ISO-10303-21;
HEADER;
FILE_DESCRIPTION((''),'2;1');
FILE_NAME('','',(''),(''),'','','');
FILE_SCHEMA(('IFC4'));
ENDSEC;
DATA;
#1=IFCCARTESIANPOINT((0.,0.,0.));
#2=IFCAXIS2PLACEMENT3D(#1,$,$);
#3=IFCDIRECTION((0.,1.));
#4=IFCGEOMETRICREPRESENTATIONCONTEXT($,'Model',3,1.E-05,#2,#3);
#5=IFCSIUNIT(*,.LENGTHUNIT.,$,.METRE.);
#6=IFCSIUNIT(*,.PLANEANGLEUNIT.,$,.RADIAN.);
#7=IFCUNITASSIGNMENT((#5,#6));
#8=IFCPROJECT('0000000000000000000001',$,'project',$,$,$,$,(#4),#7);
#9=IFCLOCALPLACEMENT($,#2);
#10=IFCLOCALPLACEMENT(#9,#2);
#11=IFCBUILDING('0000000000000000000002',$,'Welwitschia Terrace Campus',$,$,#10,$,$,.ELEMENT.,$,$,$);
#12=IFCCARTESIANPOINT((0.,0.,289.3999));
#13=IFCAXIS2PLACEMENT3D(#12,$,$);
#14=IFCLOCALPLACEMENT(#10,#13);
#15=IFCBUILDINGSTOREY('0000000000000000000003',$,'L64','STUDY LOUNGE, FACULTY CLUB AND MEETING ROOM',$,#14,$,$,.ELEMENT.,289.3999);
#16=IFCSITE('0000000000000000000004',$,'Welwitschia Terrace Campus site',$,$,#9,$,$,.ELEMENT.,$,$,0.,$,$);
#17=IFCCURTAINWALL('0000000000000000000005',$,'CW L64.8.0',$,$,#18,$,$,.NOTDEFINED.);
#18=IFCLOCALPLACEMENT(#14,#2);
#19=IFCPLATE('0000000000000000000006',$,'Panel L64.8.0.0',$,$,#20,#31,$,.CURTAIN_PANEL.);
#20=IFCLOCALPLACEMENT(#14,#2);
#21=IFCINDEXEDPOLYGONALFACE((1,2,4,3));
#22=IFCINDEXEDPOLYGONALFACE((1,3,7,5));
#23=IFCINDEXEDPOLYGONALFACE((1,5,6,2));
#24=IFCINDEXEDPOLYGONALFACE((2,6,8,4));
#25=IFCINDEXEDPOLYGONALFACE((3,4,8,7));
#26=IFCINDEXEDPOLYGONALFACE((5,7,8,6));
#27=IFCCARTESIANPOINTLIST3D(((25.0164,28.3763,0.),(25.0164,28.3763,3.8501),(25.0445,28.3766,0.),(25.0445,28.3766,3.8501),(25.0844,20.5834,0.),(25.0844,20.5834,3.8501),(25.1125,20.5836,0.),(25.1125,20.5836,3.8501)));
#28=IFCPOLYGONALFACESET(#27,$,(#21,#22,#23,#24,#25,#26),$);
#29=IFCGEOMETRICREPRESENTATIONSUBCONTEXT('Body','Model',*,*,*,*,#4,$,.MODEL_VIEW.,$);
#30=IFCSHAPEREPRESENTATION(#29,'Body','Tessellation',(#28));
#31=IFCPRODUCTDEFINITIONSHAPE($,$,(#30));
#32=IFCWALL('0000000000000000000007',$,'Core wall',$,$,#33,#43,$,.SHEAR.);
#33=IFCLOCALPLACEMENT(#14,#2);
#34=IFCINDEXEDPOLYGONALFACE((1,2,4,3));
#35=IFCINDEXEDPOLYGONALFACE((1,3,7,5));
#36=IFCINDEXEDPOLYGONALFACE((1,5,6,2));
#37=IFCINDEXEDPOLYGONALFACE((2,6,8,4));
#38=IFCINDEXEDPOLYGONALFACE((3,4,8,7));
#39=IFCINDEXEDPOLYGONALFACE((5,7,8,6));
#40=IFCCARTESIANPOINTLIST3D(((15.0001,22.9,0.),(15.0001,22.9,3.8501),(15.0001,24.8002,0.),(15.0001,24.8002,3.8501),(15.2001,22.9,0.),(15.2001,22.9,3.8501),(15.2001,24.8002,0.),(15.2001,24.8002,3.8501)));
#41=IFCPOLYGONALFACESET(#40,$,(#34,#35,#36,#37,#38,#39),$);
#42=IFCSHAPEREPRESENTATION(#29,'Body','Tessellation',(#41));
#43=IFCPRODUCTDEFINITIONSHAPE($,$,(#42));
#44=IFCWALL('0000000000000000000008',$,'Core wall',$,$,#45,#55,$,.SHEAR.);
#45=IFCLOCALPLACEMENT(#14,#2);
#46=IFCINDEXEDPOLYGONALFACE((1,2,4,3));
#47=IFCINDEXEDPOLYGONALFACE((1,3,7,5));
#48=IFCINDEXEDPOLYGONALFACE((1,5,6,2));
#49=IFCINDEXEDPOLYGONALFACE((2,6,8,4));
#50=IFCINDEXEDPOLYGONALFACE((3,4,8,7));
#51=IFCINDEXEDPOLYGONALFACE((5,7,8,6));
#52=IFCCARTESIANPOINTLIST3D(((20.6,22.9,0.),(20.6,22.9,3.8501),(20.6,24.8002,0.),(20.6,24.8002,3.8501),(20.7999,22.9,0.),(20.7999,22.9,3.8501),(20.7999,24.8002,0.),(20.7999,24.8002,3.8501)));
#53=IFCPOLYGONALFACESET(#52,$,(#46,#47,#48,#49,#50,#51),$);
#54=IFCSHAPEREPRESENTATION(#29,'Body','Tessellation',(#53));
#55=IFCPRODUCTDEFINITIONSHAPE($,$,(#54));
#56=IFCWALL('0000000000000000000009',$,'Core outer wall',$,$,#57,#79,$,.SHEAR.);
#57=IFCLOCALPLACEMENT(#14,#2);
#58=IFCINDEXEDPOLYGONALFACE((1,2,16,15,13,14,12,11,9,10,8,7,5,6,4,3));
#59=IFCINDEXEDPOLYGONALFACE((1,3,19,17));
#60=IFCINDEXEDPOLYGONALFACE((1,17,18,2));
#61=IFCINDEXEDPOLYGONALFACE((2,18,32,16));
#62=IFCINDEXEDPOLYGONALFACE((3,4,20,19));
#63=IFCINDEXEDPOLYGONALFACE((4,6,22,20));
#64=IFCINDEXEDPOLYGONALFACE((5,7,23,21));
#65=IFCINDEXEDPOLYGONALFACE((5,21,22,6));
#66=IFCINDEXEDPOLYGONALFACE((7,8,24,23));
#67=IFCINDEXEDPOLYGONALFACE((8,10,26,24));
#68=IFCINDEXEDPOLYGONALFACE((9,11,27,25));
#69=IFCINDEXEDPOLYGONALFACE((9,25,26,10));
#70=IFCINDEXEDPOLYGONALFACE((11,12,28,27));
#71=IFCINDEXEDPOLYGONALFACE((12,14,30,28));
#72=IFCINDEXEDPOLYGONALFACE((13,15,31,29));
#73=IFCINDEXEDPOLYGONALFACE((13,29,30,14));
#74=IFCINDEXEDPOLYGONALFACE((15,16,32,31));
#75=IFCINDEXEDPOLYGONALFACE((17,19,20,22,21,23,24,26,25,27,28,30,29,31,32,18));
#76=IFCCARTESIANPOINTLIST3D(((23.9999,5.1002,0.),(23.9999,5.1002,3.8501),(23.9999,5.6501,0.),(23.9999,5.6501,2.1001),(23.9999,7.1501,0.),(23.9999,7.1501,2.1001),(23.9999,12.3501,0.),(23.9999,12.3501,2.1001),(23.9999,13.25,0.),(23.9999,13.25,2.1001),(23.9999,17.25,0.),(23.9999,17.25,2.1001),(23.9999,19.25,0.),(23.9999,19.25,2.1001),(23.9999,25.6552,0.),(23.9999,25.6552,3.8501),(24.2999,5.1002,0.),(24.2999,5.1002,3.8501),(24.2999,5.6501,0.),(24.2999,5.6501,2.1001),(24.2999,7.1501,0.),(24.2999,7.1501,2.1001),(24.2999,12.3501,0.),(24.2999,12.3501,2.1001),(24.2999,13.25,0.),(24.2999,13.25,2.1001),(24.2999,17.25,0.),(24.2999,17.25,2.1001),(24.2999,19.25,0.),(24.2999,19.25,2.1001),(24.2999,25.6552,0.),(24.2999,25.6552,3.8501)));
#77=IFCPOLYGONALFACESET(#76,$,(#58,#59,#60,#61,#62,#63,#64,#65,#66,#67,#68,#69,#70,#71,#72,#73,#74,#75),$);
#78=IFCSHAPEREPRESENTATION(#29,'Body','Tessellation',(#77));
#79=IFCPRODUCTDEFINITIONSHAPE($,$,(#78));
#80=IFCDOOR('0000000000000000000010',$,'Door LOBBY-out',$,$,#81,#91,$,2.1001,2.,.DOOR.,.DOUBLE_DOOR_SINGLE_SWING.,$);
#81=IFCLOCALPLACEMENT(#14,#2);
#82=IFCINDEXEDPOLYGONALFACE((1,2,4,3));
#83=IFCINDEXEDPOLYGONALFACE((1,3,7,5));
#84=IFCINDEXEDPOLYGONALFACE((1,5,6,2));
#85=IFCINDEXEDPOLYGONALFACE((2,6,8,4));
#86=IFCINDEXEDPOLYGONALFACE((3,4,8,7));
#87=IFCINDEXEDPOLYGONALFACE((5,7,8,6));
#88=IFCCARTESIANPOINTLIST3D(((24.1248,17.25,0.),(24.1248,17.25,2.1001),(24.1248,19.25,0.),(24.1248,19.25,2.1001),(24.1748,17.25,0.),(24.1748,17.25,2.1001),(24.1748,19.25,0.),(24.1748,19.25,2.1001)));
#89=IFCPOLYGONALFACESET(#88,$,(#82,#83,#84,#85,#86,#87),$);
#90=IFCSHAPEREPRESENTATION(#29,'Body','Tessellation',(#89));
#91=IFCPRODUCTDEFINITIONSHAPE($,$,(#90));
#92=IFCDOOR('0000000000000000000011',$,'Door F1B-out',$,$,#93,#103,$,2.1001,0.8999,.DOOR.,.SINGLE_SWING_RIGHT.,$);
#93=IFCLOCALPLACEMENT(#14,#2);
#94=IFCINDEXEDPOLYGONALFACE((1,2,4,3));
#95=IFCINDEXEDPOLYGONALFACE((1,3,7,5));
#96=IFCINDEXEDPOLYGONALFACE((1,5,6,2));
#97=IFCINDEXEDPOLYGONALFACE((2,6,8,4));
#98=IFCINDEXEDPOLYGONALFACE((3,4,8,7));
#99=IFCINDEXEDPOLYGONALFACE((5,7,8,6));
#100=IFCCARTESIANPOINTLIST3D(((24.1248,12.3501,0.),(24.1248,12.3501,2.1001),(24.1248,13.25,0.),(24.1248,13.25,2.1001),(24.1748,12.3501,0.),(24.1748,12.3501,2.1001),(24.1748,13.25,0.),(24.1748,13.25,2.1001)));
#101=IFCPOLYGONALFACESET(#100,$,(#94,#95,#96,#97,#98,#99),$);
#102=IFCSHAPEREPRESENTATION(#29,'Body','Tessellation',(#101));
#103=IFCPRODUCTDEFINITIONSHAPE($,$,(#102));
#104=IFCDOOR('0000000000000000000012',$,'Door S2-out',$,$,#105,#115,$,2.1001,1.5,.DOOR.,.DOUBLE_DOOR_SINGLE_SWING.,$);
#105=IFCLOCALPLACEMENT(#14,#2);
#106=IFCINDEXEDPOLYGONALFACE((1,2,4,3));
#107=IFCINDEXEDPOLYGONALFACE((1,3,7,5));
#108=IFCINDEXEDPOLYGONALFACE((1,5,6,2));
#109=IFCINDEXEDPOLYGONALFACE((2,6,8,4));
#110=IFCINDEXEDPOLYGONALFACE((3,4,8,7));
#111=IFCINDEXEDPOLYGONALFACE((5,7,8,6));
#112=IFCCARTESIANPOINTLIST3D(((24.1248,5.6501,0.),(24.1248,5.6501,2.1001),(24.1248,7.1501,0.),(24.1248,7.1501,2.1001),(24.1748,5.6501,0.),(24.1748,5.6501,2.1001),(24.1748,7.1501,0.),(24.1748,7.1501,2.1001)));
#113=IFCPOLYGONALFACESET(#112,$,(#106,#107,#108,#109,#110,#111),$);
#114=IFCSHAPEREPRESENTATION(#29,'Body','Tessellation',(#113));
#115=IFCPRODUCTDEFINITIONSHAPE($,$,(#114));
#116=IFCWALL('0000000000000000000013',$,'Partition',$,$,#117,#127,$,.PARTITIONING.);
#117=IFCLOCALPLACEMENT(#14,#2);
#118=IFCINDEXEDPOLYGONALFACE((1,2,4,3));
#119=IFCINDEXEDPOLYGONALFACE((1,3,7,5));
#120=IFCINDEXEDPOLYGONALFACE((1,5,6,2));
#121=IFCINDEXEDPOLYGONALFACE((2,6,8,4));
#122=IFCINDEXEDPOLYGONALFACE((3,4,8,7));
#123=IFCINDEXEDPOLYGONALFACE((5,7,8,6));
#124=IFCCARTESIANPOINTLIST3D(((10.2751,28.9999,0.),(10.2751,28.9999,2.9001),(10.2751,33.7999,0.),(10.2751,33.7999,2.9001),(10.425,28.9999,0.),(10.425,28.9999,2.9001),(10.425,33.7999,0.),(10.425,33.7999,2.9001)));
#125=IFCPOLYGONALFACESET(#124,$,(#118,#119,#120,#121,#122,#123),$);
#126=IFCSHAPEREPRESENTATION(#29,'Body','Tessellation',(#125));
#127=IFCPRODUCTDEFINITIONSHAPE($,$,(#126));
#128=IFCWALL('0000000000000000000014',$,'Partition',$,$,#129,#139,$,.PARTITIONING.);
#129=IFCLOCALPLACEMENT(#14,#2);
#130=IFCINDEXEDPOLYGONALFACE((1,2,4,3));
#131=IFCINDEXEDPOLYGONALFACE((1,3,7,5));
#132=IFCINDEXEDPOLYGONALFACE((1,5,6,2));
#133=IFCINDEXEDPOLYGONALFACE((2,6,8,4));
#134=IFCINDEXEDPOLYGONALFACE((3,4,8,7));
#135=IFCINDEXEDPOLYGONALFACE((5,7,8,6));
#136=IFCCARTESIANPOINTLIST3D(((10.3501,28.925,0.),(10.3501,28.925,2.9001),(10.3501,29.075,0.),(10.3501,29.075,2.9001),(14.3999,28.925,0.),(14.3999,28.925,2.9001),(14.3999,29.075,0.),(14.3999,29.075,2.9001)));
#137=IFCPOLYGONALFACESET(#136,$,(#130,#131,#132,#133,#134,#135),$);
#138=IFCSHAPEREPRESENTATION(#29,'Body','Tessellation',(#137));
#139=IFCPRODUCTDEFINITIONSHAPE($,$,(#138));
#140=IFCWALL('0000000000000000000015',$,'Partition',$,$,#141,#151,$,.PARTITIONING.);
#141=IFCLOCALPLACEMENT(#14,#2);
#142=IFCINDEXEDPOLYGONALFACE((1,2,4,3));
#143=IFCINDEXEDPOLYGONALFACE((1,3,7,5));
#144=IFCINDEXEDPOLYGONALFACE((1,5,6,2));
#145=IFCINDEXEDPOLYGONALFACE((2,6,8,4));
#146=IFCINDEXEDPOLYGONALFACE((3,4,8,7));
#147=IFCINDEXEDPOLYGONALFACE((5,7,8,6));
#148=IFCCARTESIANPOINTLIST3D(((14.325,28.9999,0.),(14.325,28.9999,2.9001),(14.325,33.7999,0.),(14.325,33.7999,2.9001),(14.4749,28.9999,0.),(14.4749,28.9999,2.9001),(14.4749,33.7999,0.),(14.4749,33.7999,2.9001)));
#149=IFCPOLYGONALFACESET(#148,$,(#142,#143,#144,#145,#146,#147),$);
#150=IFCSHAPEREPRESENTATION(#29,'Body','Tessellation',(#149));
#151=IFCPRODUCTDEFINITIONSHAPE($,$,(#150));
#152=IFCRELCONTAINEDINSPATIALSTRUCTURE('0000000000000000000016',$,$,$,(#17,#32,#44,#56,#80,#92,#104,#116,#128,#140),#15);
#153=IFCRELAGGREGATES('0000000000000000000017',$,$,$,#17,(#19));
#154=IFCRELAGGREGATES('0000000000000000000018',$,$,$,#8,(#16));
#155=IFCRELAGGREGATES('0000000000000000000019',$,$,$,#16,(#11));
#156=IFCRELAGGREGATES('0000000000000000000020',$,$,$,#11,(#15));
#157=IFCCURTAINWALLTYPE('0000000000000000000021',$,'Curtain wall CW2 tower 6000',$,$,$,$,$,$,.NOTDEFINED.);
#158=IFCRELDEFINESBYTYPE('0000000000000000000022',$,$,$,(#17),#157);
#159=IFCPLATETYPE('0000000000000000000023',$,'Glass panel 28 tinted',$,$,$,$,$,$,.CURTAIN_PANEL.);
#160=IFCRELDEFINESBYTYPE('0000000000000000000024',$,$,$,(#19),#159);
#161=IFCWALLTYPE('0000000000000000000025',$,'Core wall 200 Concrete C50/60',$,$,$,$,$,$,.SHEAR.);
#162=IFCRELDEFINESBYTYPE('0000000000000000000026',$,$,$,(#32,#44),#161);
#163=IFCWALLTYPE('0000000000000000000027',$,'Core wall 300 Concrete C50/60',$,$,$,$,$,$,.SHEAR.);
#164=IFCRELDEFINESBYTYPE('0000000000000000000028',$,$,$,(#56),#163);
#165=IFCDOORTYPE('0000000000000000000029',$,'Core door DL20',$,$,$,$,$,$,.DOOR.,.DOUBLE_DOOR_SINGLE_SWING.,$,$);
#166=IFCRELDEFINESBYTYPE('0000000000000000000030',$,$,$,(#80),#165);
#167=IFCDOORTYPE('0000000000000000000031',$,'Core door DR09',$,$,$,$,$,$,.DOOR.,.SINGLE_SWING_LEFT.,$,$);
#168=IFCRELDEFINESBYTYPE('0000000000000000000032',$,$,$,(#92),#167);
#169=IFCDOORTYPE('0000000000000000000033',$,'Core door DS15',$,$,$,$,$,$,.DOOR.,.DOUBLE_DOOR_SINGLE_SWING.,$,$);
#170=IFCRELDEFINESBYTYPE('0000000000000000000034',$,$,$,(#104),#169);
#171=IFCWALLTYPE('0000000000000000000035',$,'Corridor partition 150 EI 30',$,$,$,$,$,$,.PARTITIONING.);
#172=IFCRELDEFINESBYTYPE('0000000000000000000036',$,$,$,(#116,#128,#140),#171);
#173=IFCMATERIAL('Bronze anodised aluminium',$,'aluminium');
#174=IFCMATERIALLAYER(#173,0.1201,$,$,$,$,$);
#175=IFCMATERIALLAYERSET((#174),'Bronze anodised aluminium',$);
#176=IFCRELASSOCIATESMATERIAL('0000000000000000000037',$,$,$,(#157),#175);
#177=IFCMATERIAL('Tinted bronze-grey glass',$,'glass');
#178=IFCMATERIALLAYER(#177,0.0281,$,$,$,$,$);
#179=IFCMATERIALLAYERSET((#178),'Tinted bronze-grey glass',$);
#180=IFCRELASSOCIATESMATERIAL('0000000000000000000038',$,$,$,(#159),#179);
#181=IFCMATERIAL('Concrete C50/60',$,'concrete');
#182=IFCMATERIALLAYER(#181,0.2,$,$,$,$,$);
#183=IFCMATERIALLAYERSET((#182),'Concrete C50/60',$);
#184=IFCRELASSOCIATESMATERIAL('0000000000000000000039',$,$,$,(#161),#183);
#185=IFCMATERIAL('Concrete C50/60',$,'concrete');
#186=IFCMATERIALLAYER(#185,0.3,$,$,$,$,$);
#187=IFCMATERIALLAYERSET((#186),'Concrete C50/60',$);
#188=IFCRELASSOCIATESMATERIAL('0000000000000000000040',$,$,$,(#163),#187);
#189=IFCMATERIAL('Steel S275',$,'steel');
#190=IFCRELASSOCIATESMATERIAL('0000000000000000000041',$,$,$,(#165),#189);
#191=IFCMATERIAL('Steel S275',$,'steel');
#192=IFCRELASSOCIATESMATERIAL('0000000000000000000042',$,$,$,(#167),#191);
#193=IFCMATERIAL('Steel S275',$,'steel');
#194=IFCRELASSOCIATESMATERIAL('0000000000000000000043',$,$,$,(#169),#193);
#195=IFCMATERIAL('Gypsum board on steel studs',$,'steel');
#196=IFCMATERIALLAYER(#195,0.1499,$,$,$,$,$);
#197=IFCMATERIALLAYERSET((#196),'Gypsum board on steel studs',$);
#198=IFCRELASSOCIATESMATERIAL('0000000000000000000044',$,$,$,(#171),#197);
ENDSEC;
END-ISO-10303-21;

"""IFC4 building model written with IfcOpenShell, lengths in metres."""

from ifc_helpers import new_model, si_unit, direction, frame, frame_2d, origin, origin_2d, place, context, subcontext, project, spatial, rectangle, extrude, material, layer, layer_set, type_object, element, fill, aggregate, save


model = new_model("IFC4")

# Units and contexts
model_context = context("Model", 3, precision=1e-05, world=origin(), true_north=direction((0.0, 1.0)))
body_context = subcontext(model_context, "Body", "Model", "MODEL_VIEW")
ifc_project = project(units=[si_unit("LENGTHUNIT", "METRE"), si_unit("PLANEANGLEUNIT", "RADIAN")], contexts=[model_context])

# Site, building, storey
site_placement = place(None, origin())
site = spatial("IfcSite", under=ifc_project, at=site_placement, Name="Welwitschia Terrace Campus site", CompositionType="ELEMENT", RefElevation=0.0)
building_placement = place(site_placement, origin())
building = spatial("IfcBuilding", under=site, at=building_placement, Name="Welwitschia Terrace Campus", CompositionType="ELEMENT")
storey_placement = place(building_placement, frame((0.0, 0.0, 289.3999)))
storey = spatial("IfcBuildingStorey", under=building, at=storey_placement, Name="L64", Description="STUDY LOUNGE, FACULTY CLUB AND MEETING ROOM", CompositionType="ELEMENT", Elevation=289.3999)

# Curtain wall
ifc_material_1 = material(Name="Bronze anodised aluminium", Category="aluminium")
ifc_layer_1 = layer(ifc_material_1, 0.1201)
ifc_layer_set_1 = layer_set([ifc_layer_1], Name="Bronze anodised aluminium")
curtain_wall_type = type_object("IfcCurtainWallType", Name="Curtain wall CW2 tower 6000", PredefinedType="NOTDEFINED", material=ifc_layer_set_1)
curtain_wall_1_placement = place(storey_placement, origin())
curtain_wall_1 = element("IfcCurtainWall", 1, at=curtain_wall_1_placement, inside=storey, type_object=curtain_wall_type, Name="CW L64.8.0", PredefinedType="NOTDEFINED")

# Plate
ifc_material_2 = material(Name="Tinted bronze-grey glass", Category="glass")
ifc_layer_2 = layer(ifc_material_2, 0.0281)
ifc_layer_set_2 = layer_set([ifc_layer_2], Name="Tinted bronze-grey glass")
plate_type = type_object("IfcPlateType", Name="Glass panel 28 tinted", PredefinedType="CURTAIN_PANEL", material=ifc_layer_set_2)
plate_placement = place(storey_placement, frame((25.0645, 24.48, 0.0), z_axis=(0.0, 0.0, 1.0), x_axis=(-0.008727, 0.999962, 0.0)))
plate = element("IfcPlate", 2, at=plate_placement, type_object=plate_type, Name="Panel L64.8.0.0", PredefinedType="CURTAIN_PANEL", context=body_context, shape_type="SweptSolid", body=[
    extrude(rectangle(XDim=7.7932, YDim=0.0281, at=origin_2d()), origin(), (0.0, 0.0, 1.0), 3.8501),
])
aggregate(curtain_wall_1, [plate])

# Walls
ifc_material_3 = material(Name="Concrete C50/60", Category="concrete")
ifc_layer_3 = layer(ifc_material_3, 0.2)
ifc_layer_set_3 = layer_set([ifc_layer_3], Name="Concrete C50/60")
wall_type_1 = type_object("IfcWallType", Name="Core wall 200 Concrete C50/60", PredefinedType="SHEAR", material=ifc_layer_set_3)
for number, where, z_axis, x_axis, name in (
    (3, (15.1001, 22.8999, 0.0), (0.0, 0.0, 1.0), (0.0, 1.0, 0.0), "Core wall"),
    (4, (20.7, 22.8999, 0.0), (0.0, 0.0, 1.0), (0.0, 1.0, 0.0), "Core wall"),
):
    element("IfcWall", number, at=place(storey_placement, frame(where, z_axis=z_axis, x_axis=x_axis)), inside=storey, type_object=wall_type_1, Name=name, PredefinedType="SHEAR", context=body_context, shape_type="SweptSolid", body=[
        extrude(rectangle(XDim=1.9001, YDim=0.2, at=frame_2d((0.9502, 0.0))), origin(), (0.0, 0.0, 1.0), 3.8501),
    ])

# Wall, openings, doors
ifc_material_4 = material(Name="Concrete C50/60", Category="concrete")
ifc_layer_4 = layer(ifc_material_4, 0.3)
ifc_layer_set_4 = layer_set([ifc_layer_4], Name="Concrete C50/60")
wall_type_2 = type_object("IfcWallType", Name="Core wall 300 Concrete C50/60", PredefinedType="SHEAR", material=ifc_layer_set_4)
wall_1_placement = place(storey_placement, frame((24.1499, 25.655, 0.0), z_axis=(0.0, 0.0, 1.0), x_axis=(0.0, -1.0, 0.0)))
wall_1 = element("IfcWall", 5, at=wall_1_placement, inside=storey, type_object=wall_type_2, Name="Core outer wall", PredefinedType="SHEAR", context=body_context, shape_type="SweptSolid", body=[
    extrude(rectangle(XDim=20.5549, YDim=0.3, at=frame_2d((10.2773, 0.0))), origin(), (0.0, 0.0, 1.0), 3.8501),
])
opening_1_placement = place(wall_1_placement, frame((18.5049, 0.0, 0.0)))
opening_1 = element("IfcOpeningElement", 6, at=opening_1_placement, cuts=wall_1, PredefinedType="OPENING", context=body_context, shape_type="SweptSolid", body=[
    extrude(rectangle(XDim=1.5, YDim=2.1001, at=frame_2d((0.75, 1.05))), frame((0.0, 0.1599, 0.0), z_axis=(0.0, -1.0, 0.0), x_axis=(1.0, 0.0, 0.0)), (0.0, 0.0, 1.0), 0.3201),
])
opening_2_placement = place(wall_1_placement, frame((12.405, 0.0, 0.0)))
opening_2 = element("IfcOpeningElement", 7, at=opening_2_placement, cuts=wall_1, PredefinedType="OPENING", context=body_context, shape_type="SweptSolid", body=[
    extrude(rectangle(XDim=0.8999, YDim=2.1001, at=frame_2d((0.45, 1.05))), frame((0.0, 0.1599, 0.0), z_axis=(0.0, -1.0, 0.0), x_axis=(1.0, 0.0, 0.0)), (0.0, 0.0, 1.0), 0.3201),
])
opening_3_placement = place(wall_1_placement, frame((6.405, 0.0, 0.0)))
opening_3 = element("IfcOpeningElement", 8, at=opening_3_placement, cuts=wall_1, PredefinedType="OPENING", context=body_context, shape_type="SweptSolid", body=[
    extrude(rectangle(XDim=2.0, YDim=2.1001, at=frame_2d((1.0, 1.05))), frame((0.0, 0.1599, 0.0), z_axis=(0.0, -1.0, 0.0), x_axis=(1.0, 0.0, 0.0)), (0.0, 0.0, 1.0), 0.3201),
])
ifc_material_5 = material(Name="Steel S275", Category="steel")
door_type_1 = type_object("IfcDoorType", Name="Core door DL20", OperationType="DOUBLE_DOOR_SINGLE_SWING", PredefinedType="DOOR", material=ifc_material_5)
door_1_placement = place(opening_3_placement, origin())
door_1 = element("IfcDoor", 9, at=door_1_placement, inside=storey, type_object=door_type_1, Name="Door LOBBY-out", OperationType="DOUBLE_DOOR_SINGLE_SWING", OverallHeight=2.1001, OverallWidth=2.0, PredefinedType="DOOR", context=body_context, shape_type="SweptSolid", body=[
    extrude(rectangle(XDim=2.0, YDim=2.1001, at=frame_2d((1.0, 1.05))), frame((0.0, 0.0249, 0.0), z_axis=(0.0, -1.0, 0.0), x_axis=(1.0, 0.0, 0.0)), (0.0, 0.0, 1.0), 0.05),
])
fill(opening_3, door_1)
ifc_material_6 = material(Name="Steel S275", Category="steel")
door_type_2 = type_object("IfcDoorType", Name="Core door DR09", OperationType="SINGLE_SWING_LEFT", PredefinedType="DOOR", material=ifc_material_6)
door_2_placement = place(opening_2_placement, origin())
door_2 = element("IfcDoor", 10, at=door_2_placement, inside=storey, type_object=door_type_2, Name="Door F1B-out", OperationType="SINGLE_SWING_RIGHT", OverallHeight=2.1001, OverallWidth=0.8999, PredefinedType="DOOR", context=body_context, shape_type="SweptSolid", body=[
    extrude(rectangle(XDim=0.8999, YDim=2.1001, at=frame_2d((0.45, 1.05))), frame((0.0, 0.0249, 0.0), z_axis=(0.0, -1.0, 0.0), x_axis=(1.0, 0.0, 0.0)), (0.0, 0.0, 1.0), 0.05),
])
fill(opening_2, door_2)
ifc_material_7 = material(Name="Steel S275", Category="steel")
door_type_3 = type_object("IfcDoorType", Name="Core door DS15", OperationType="DOUBLE_DOOR_SINGLE_SWING", PredefinedType="DOOR", material=ifc_material_7)
door_3_placement = place(opening_1_placement, origin())
door_3 = element("IfcDoor", 11, at=door_3_placement, inside=storey, type_object=door_type_3, Name="Door S2-out", OperationType="DOUBLE_DOOR_SINGLE_SWING", OverallHeight=2.1001, OverallWidth=1.5, PredefinedType="DOOR", context=body_context, shape_type="SweptSolid", body=[
    extrude(rectangle(XDim=1.5, YDim=2.1001, at=frame_2d((0.75, 1.05))), frame((0.0, 0.0249, 0.0), z_axis=(0.0, -1.0, 0.0), x_axis=(1.0, 0.0, 0.0)), (0.0, 0.0, 1.0), 0.05),
])
fill(opening_1, door_3)

# Walls
ifc_material_8 = material(Name="Gypsum board on steel studs", Category="steel")
ifc_layer_5 = layer(ifc_material_8, 0.1499)
ifc_layer_set_5 = layer_set([ifc_layer_5], Name="Gypsum board on steel studs")
wall_type_3 = type_object("IfcWallType", Name="Corridor partition 150 EI 30", PredefinedType="PARTITIONING", material=ifc_layer_set_5)
wall_2_placement = place(storey_placement, frame((10.3501, 29.0, 0.0), z_axis=(0.0, 0.0, 1.0), x_axis=(0.0, 1.0, 0.0)))
element("IfcWall", 12, at=wall_2_placement, inside=storey, type_object=wall_type_3, Name="Partition", PredefinedType="PARTITIONING", context=body_context, shape_type="SweptSolid", body=[
    extrude(rectangle(XDim=4.8, YDim=0.1499, at=frame_2d((2.3999, 0.0))), origin(), (0.0, 0.0, 1.0), 2.9001),
])
wall_3_placement = place(storey_placement, frame((10.3501, 29.0, 0.0), z_axis=(0.0, 0.0, 1.0), x_axis=(1.0, 0.0, 0.0)))
element("IfcWall", 13, at=wall_3_placement, inside=storey, type_object=wall_type_3, Name="Partition", PredefinedType="PARTITIONING", context=body_context, shape_type="SweptSolid", body=[
    extrude(rectangle(XDim=4.0498, YDim=0.1499, at=frame_2d((2.0249, 0.0))), origin(), (0.0, 0.0, 1.0), 2.9001),
])
wall_4_placement = place(storey_placement, frame((14.3999, 29.0, 0.0), z_axis=(0.0, 0.0, 1.0), x_axis=(0.0, 1.0, 0.0)))
element("IfcWall", 14, at=wall_4_placement, inside=storey, type_object=wall_type_3, Name="Partition", PredefinedType="PARTITIONING", context=body_context, shape_type="SweptSolid", body=[
    extrude(rectangle(XDim=4.8, YDim=0.1499, at=frame_2d((2.3999, 0.0))), origin(), (0.0, 0.0, 1.0), 2.9001),
])

save(model, "model.ifc")
